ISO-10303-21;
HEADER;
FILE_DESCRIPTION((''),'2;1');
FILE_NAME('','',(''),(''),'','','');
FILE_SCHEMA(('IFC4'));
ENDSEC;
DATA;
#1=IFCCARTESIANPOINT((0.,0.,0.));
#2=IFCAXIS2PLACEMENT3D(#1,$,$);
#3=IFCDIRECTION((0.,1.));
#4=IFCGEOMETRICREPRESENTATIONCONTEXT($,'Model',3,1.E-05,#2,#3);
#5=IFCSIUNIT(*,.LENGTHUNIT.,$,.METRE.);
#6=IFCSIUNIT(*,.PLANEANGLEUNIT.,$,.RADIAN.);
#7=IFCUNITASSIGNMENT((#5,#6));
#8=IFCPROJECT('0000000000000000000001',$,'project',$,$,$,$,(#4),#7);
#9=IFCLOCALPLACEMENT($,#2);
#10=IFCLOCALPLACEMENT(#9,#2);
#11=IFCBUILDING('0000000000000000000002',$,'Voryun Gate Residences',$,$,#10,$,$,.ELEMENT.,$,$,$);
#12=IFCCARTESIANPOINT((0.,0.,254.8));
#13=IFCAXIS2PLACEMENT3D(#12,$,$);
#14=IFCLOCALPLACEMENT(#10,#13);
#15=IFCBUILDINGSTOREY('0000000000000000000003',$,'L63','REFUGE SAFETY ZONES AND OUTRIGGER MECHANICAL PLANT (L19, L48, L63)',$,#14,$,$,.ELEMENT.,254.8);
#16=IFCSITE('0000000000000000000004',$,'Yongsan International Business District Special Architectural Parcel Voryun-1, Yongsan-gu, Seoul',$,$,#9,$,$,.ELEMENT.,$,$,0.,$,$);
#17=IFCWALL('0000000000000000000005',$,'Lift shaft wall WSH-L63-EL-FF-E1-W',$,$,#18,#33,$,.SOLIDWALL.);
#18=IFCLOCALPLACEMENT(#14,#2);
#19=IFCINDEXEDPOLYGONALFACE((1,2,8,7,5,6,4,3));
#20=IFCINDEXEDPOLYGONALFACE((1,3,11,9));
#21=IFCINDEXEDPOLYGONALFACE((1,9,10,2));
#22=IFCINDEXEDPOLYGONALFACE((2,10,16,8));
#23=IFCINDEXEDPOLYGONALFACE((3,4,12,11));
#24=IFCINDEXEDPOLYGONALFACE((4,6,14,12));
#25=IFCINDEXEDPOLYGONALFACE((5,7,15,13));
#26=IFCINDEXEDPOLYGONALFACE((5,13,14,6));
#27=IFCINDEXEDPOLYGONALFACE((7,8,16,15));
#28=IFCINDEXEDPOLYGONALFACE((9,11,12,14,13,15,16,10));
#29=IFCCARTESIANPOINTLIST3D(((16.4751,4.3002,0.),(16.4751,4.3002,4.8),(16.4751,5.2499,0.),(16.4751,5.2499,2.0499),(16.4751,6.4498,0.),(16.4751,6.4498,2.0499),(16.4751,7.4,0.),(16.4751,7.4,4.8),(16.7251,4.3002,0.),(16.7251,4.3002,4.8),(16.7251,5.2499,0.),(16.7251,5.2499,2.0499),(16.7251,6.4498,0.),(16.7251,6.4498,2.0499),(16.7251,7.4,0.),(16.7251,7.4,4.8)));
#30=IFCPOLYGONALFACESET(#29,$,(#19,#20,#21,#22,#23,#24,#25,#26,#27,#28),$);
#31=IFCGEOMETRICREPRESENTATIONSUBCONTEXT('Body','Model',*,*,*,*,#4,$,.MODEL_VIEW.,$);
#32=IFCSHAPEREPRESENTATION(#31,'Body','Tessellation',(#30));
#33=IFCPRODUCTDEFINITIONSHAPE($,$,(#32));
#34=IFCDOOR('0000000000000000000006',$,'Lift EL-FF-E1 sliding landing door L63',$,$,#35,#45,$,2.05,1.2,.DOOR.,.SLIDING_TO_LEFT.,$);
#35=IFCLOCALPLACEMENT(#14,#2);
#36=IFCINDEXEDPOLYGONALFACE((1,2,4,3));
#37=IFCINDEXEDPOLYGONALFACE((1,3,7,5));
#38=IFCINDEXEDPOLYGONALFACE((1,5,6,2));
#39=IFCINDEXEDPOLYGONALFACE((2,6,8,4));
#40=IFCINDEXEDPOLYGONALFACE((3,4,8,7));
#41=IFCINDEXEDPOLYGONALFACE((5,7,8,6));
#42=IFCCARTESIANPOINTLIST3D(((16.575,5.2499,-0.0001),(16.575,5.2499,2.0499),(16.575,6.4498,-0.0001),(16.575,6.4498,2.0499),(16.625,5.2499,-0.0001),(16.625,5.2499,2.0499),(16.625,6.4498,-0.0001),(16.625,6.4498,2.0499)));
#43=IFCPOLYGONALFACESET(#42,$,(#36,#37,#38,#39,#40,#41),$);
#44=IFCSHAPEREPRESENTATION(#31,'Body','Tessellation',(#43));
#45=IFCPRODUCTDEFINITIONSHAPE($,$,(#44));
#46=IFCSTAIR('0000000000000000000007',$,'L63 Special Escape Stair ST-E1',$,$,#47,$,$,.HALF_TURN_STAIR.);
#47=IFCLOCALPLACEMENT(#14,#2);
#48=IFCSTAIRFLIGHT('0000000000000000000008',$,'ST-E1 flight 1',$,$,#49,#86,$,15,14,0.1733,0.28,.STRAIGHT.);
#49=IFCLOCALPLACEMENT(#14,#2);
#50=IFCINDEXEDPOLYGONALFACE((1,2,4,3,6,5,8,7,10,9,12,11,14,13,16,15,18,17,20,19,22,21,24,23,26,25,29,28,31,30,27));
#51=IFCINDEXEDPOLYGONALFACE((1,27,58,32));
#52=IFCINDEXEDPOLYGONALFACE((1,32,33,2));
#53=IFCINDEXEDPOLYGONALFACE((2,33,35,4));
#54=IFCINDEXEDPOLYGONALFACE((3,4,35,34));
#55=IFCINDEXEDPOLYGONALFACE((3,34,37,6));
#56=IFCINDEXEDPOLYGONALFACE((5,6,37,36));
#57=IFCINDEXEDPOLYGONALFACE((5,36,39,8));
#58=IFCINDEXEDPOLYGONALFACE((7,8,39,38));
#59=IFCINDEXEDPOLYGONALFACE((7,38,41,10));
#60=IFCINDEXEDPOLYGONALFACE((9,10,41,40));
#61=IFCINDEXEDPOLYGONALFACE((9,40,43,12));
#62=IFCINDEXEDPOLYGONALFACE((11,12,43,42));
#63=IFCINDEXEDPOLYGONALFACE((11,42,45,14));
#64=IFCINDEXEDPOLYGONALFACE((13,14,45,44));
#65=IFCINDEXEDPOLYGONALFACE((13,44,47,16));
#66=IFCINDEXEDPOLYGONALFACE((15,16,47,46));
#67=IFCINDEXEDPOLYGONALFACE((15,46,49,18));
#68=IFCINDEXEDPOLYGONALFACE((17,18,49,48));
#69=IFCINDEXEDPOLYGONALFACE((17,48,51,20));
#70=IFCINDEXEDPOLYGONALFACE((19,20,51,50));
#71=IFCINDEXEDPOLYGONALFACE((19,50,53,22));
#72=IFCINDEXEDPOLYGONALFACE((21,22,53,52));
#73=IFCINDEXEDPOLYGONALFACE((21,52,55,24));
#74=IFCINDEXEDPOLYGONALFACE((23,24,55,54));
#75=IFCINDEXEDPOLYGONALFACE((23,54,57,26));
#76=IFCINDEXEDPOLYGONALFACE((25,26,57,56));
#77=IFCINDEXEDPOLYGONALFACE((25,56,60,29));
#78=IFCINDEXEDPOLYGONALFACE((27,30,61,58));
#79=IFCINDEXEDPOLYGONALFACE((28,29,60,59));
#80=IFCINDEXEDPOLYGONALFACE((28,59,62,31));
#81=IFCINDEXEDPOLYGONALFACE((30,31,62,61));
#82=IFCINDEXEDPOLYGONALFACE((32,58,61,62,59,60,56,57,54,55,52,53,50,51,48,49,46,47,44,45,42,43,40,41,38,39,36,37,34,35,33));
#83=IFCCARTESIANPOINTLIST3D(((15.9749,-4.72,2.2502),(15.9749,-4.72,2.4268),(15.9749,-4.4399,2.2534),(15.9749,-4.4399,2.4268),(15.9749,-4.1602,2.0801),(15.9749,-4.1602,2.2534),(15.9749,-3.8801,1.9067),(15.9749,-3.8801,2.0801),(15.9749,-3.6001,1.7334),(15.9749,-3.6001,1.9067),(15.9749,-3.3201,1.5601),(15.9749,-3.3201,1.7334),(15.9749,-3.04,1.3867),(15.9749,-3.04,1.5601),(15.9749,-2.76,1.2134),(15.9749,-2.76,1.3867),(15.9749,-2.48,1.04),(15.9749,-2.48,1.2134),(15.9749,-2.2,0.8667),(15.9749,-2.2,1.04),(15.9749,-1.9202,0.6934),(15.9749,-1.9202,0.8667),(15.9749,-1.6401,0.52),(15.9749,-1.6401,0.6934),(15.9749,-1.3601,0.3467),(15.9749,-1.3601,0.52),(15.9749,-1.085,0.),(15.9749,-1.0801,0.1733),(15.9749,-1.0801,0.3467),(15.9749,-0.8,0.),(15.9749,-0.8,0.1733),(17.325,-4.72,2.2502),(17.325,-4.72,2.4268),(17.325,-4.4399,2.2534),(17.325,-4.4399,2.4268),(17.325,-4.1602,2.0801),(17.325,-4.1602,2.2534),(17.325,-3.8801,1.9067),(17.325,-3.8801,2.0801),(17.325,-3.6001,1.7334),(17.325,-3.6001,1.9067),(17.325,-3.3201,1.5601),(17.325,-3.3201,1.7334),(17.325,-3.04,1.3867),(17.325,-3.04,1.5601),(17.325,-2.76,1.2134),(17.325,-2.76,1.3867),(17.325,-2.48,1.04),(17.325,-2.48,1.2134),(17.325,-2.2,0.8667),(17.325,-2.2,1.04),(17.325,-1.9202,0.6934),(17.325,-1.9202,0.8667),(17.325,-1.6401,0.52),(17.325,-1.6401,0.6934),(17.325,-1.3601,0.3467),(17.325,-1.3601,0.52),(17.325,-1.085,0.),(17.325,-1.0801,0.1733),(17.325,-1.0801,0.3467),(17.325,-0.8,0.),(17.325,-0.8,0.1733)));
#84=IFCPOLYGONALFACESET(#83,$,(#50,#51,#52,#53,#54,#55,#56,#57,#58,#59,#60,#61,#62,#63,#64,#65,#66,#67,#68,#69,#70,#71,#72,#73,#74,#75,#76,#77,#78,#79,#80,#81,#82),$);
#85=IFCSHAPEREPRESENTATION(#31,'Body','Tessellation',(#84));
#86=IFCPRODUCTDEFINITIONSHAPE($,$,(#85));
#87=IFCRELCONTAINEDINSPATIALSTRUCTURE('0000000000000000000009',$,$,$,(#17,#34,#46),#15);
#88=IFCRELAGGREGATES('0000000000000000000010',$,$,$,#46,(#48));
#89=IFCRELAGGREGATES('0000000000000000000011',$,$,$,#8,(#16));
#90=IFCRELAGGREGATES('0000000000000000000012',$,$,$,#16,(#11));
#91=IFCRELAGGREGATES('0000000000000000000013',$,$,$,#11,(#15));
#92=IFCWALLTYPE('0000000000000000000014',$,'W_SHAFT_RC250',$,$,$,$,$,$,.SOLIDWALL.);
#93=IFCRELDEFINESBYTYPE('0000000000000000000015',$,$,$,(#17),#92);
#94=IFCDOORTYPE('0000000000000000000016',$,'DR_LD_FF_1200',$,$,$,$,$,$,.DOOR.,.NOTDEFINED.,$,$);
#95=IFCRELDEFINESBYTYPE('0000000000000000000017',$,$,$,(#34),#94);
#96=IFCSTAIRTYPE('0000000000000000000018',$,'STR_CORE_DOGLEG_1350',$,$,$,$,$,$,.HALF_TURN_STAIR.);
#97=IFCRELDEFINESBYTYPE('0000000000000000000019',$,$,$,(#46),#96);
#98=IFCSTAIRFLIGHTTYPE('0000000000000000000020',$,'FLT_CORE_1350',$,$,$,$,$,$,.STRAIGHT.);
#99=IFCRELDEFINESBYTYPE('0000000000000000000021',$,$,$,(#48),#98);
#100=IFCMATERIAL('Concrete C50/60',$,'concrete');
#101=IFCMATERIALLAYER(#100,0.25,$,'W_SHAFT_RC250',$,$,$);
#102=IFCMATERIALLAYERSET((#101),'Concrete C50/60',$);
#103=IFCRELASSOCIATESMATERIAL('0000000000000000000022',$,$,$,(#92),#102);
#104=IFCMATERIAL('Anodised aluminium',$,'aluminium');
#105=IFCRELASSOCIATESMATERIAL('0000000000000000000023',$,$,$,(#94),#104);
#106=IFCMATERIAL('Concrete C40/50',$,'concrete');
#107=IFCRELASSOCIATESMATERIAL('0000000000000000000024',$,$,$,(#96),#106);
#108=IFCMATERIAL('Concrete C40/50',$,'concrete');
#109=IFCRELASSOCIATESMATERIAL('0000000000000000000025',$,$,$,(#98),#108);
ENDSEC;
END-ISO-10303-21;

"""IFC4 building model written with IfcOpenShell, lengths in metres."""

from ifc_helpers import new_model, si_unit, direction, frame, frame_2d, origin, place, context, subcontext, project, spatial, polyline, rectangle, outline, extrude, material, layer, layer_set, type_object, element, fill, aggregate, save


model = new_model("IFC4")

# Units and contexts
model_context = context("Model", 3, precision=1e-05, world=origin(), true_north=direction((0.0, 1.0)))
body_context = subcontext(model_context, "Body", "Model", "MODEL_VIEW")
ifc_project = project(units=[si_unit("LENGTHUNIT", "METRE"), si_unit("PLANEANGLEUNIT", "RADIAN")], contexts=[model_context])

# Site, building, storey
site_placement = place(None, origin())
site = spatial("IfcSite", under=ifc_project, at=site_placement, Name="Yongsan International Business District Special Architectural Parcel Voryun-1, Yongsan-gu, Seoul", CompositionType="ELEMENT", RefElevation=0.0)
building_placement = place(site_placement, origin())
building = spatial("IfcBuilding", under=site, at=building_placement, Name="Voryun Gate Residences", CompositionType="ELEMENT")
storey_placement = place(building_placement, frame((0.0, 0.0, 254.8)))
storey = spatial("IfcBuildingStorey", under=building, at=storey_placement, Name="L63", Description="REFUGE SAFETY ZONES AND OUTRIGGER MECHANICAL PLANT (L19, L48, L63)", CompositionType="ELEMENT", Elevation=254.8)

# Wall, opening, door
ifc_material_1 = material(Name="Concrete C50/60", Category="concrete")
ifc_layer_1 = layer(ifc_material_1, 0.25, Name="W_SHAFT_RC250")
ifc_layer_set_1 = layer_set([ifc_layer_1], Name="Concrete C50/60")
wall_type_1 = type_object("IfcWallType", Name="W_SHAFT_RC250", PredefinedType="SOLIDWALL", material=ifc_layer_set_1)
wall_1_placement = place(storey_placement, frame((16.6001, 7.3999, 0.0), z_axis=(0.0, 0.0, 1.0), x_axis=(0.0, -1.0, 0.0)))
wall_1 = element("IfcWall", 1, at=wall_1_placement, inside=storey, type_object=wall_type_1, Name="Lift shaft wall WSH-L63-EL-FF-E1-W", PredefinedType="SOLIDWALL", context=body_context, shape_type="SweptSolid", body=[
    extrude(rectangle(XDim=3.0999, YDim=0.25, at=frame_2d((1.5498, 0.0))), origin(), (0.0, 0.0, 1.0), 4.8),
])
opening_placement = place(wall_1_placement, frame((0.95, 0.0, 0.0)))
opening = element("IfcOpeningElement", 2, at=opening_placement, cuts=wall_1, PredefinedType="OPENING", context=body_context, shape_type="SweptSolid", body=[
    extrude(rectangle(XDim=1.2, YDim=2.05, at=frame_2d((0.6001, 1.0249))), frame((0.0, 0.135, 0.0), z_axis=(0.0, -1.0, 0.0), x_axis=(1.0, 0.0, 0.0)), (0.0, 0.0, 1.0), 0.27),
])
ifc_material_2 = material(Name="Anodised aluminium", Category="aluminium")
door_type = type_object("IfcDoorType", Name="DR_LD_FF_1200", OperationType="NOTDEFINED", PredefinedType="DOOR", material=ifc_material_2)
door_placement = place(opening_placement, origin())
door = element("IfcDoor", 3, at=door_placement, inside=storey, type_object=door_type, Name="Lift EL-FF-E1 sliding landing door L63", OperationType="SLIDING_TO_LEFT", OverallHeight=2.05, OverallWidth=1.2, PredefinedType="DOOR", context=body_context, shape_type="SweptSolid", body=[
    extrude(rectangle(XDim=1.2, YDim=2.05, at=frame_2d((0.6001, 1.0249))), frame((0.0, 0.0249, 0.0), z_axis=(0.0, -1.0, 0.0), x_axis=(1.0, 0.0, 0.0)), (0.0, 0.0, 1.0), 0.05),
])
fill(opening, door)

# Stair, stair flight
ifc_material_3 = material(Name="Concrete C40/50", Category="concrete")
stair_type = type_object("IfcStairType", Name="STR_CORE_DOGLEG_1350", PredefinedType="HALF_TURN_STAIR", material=ifc_material_3)
stair_placement = place(storey_placement, origin())
stair = element("IfcStair", 4, at=stair_placement, inside=storey, type_object=stair_type, Name="L63 Special Escape Stair ST-E1", PredefinedType="HALF_TURN_STAIR")
ifc_material_4 = material(Name="Concrete C40/50", Category="concrete")
stair_flight_type = type_object("IfcStairFlightType", Name="FLT_CORE_1350", PredefinedType="STRAIGHT", material=ifc_material_4)
stair_flight_placement = place(storey_placement, frame((16.6499, -0.8, 0.0), z_axis=(0.0, 0.0, 1.0), x_axis=(0.0, -1.0, 0.0)))
stair_flight = element("IfcStairFlight", 5, at=stair_flight_placement, type_object=stair_flight_type, Name="ST-E1 flight 1", NumberOfRisers=15, NumberOfTreads=14, PredefinedType="STRAIGHT", RiserHeight=0.1733, TreadLength=0.28, context=body_context, shape_type="SweptSolid", body=[
    extrude(outline(polyline([(0.0, 0.0), (0.0, 0.1733), (0.28, 0.1733), (0.28, 0.3467), (0.5601, 0.3467), (0.5601, 0.52), (0.8401, 0.52), (0.8401, 0.6934), (1.1201, 0.6934), (1.1201, 0.8667), (1.3999, 0.8667), (1.3999, 1.04), (1.6799, 1.04), (1.6799, 1.2134), (1.96, 1.2134), (1.96, 1.3867), (2.24, 1.3867), (2.24, 1.5601), (2.52, 1.5601), (2.52, 1.7334), (2.8, 1.7334), (2.8, 1.9067), (3.0801, 1.9067), (3.0801, 2.0801), (3.3601, 2.0801), (3.3601, 2.2534), (3.6399, 2.2534), (3.6399, 2.4268), (3.9199, 2.4268), (3.9199, 2.6001), (3.9199, 2.2502), (0.2849, 0.0), (0.0, 0.0)])), frame((0.0, 0.675, 0.0), z_axis=(0.0, -1.0, 0.0), x_axis=(1.0, 0.0, 0.0)), (0.0, 0.0, 1.0), 1.3501),
])
aggregate(stair, [stair_flight])

save(model, "model.ifc")
